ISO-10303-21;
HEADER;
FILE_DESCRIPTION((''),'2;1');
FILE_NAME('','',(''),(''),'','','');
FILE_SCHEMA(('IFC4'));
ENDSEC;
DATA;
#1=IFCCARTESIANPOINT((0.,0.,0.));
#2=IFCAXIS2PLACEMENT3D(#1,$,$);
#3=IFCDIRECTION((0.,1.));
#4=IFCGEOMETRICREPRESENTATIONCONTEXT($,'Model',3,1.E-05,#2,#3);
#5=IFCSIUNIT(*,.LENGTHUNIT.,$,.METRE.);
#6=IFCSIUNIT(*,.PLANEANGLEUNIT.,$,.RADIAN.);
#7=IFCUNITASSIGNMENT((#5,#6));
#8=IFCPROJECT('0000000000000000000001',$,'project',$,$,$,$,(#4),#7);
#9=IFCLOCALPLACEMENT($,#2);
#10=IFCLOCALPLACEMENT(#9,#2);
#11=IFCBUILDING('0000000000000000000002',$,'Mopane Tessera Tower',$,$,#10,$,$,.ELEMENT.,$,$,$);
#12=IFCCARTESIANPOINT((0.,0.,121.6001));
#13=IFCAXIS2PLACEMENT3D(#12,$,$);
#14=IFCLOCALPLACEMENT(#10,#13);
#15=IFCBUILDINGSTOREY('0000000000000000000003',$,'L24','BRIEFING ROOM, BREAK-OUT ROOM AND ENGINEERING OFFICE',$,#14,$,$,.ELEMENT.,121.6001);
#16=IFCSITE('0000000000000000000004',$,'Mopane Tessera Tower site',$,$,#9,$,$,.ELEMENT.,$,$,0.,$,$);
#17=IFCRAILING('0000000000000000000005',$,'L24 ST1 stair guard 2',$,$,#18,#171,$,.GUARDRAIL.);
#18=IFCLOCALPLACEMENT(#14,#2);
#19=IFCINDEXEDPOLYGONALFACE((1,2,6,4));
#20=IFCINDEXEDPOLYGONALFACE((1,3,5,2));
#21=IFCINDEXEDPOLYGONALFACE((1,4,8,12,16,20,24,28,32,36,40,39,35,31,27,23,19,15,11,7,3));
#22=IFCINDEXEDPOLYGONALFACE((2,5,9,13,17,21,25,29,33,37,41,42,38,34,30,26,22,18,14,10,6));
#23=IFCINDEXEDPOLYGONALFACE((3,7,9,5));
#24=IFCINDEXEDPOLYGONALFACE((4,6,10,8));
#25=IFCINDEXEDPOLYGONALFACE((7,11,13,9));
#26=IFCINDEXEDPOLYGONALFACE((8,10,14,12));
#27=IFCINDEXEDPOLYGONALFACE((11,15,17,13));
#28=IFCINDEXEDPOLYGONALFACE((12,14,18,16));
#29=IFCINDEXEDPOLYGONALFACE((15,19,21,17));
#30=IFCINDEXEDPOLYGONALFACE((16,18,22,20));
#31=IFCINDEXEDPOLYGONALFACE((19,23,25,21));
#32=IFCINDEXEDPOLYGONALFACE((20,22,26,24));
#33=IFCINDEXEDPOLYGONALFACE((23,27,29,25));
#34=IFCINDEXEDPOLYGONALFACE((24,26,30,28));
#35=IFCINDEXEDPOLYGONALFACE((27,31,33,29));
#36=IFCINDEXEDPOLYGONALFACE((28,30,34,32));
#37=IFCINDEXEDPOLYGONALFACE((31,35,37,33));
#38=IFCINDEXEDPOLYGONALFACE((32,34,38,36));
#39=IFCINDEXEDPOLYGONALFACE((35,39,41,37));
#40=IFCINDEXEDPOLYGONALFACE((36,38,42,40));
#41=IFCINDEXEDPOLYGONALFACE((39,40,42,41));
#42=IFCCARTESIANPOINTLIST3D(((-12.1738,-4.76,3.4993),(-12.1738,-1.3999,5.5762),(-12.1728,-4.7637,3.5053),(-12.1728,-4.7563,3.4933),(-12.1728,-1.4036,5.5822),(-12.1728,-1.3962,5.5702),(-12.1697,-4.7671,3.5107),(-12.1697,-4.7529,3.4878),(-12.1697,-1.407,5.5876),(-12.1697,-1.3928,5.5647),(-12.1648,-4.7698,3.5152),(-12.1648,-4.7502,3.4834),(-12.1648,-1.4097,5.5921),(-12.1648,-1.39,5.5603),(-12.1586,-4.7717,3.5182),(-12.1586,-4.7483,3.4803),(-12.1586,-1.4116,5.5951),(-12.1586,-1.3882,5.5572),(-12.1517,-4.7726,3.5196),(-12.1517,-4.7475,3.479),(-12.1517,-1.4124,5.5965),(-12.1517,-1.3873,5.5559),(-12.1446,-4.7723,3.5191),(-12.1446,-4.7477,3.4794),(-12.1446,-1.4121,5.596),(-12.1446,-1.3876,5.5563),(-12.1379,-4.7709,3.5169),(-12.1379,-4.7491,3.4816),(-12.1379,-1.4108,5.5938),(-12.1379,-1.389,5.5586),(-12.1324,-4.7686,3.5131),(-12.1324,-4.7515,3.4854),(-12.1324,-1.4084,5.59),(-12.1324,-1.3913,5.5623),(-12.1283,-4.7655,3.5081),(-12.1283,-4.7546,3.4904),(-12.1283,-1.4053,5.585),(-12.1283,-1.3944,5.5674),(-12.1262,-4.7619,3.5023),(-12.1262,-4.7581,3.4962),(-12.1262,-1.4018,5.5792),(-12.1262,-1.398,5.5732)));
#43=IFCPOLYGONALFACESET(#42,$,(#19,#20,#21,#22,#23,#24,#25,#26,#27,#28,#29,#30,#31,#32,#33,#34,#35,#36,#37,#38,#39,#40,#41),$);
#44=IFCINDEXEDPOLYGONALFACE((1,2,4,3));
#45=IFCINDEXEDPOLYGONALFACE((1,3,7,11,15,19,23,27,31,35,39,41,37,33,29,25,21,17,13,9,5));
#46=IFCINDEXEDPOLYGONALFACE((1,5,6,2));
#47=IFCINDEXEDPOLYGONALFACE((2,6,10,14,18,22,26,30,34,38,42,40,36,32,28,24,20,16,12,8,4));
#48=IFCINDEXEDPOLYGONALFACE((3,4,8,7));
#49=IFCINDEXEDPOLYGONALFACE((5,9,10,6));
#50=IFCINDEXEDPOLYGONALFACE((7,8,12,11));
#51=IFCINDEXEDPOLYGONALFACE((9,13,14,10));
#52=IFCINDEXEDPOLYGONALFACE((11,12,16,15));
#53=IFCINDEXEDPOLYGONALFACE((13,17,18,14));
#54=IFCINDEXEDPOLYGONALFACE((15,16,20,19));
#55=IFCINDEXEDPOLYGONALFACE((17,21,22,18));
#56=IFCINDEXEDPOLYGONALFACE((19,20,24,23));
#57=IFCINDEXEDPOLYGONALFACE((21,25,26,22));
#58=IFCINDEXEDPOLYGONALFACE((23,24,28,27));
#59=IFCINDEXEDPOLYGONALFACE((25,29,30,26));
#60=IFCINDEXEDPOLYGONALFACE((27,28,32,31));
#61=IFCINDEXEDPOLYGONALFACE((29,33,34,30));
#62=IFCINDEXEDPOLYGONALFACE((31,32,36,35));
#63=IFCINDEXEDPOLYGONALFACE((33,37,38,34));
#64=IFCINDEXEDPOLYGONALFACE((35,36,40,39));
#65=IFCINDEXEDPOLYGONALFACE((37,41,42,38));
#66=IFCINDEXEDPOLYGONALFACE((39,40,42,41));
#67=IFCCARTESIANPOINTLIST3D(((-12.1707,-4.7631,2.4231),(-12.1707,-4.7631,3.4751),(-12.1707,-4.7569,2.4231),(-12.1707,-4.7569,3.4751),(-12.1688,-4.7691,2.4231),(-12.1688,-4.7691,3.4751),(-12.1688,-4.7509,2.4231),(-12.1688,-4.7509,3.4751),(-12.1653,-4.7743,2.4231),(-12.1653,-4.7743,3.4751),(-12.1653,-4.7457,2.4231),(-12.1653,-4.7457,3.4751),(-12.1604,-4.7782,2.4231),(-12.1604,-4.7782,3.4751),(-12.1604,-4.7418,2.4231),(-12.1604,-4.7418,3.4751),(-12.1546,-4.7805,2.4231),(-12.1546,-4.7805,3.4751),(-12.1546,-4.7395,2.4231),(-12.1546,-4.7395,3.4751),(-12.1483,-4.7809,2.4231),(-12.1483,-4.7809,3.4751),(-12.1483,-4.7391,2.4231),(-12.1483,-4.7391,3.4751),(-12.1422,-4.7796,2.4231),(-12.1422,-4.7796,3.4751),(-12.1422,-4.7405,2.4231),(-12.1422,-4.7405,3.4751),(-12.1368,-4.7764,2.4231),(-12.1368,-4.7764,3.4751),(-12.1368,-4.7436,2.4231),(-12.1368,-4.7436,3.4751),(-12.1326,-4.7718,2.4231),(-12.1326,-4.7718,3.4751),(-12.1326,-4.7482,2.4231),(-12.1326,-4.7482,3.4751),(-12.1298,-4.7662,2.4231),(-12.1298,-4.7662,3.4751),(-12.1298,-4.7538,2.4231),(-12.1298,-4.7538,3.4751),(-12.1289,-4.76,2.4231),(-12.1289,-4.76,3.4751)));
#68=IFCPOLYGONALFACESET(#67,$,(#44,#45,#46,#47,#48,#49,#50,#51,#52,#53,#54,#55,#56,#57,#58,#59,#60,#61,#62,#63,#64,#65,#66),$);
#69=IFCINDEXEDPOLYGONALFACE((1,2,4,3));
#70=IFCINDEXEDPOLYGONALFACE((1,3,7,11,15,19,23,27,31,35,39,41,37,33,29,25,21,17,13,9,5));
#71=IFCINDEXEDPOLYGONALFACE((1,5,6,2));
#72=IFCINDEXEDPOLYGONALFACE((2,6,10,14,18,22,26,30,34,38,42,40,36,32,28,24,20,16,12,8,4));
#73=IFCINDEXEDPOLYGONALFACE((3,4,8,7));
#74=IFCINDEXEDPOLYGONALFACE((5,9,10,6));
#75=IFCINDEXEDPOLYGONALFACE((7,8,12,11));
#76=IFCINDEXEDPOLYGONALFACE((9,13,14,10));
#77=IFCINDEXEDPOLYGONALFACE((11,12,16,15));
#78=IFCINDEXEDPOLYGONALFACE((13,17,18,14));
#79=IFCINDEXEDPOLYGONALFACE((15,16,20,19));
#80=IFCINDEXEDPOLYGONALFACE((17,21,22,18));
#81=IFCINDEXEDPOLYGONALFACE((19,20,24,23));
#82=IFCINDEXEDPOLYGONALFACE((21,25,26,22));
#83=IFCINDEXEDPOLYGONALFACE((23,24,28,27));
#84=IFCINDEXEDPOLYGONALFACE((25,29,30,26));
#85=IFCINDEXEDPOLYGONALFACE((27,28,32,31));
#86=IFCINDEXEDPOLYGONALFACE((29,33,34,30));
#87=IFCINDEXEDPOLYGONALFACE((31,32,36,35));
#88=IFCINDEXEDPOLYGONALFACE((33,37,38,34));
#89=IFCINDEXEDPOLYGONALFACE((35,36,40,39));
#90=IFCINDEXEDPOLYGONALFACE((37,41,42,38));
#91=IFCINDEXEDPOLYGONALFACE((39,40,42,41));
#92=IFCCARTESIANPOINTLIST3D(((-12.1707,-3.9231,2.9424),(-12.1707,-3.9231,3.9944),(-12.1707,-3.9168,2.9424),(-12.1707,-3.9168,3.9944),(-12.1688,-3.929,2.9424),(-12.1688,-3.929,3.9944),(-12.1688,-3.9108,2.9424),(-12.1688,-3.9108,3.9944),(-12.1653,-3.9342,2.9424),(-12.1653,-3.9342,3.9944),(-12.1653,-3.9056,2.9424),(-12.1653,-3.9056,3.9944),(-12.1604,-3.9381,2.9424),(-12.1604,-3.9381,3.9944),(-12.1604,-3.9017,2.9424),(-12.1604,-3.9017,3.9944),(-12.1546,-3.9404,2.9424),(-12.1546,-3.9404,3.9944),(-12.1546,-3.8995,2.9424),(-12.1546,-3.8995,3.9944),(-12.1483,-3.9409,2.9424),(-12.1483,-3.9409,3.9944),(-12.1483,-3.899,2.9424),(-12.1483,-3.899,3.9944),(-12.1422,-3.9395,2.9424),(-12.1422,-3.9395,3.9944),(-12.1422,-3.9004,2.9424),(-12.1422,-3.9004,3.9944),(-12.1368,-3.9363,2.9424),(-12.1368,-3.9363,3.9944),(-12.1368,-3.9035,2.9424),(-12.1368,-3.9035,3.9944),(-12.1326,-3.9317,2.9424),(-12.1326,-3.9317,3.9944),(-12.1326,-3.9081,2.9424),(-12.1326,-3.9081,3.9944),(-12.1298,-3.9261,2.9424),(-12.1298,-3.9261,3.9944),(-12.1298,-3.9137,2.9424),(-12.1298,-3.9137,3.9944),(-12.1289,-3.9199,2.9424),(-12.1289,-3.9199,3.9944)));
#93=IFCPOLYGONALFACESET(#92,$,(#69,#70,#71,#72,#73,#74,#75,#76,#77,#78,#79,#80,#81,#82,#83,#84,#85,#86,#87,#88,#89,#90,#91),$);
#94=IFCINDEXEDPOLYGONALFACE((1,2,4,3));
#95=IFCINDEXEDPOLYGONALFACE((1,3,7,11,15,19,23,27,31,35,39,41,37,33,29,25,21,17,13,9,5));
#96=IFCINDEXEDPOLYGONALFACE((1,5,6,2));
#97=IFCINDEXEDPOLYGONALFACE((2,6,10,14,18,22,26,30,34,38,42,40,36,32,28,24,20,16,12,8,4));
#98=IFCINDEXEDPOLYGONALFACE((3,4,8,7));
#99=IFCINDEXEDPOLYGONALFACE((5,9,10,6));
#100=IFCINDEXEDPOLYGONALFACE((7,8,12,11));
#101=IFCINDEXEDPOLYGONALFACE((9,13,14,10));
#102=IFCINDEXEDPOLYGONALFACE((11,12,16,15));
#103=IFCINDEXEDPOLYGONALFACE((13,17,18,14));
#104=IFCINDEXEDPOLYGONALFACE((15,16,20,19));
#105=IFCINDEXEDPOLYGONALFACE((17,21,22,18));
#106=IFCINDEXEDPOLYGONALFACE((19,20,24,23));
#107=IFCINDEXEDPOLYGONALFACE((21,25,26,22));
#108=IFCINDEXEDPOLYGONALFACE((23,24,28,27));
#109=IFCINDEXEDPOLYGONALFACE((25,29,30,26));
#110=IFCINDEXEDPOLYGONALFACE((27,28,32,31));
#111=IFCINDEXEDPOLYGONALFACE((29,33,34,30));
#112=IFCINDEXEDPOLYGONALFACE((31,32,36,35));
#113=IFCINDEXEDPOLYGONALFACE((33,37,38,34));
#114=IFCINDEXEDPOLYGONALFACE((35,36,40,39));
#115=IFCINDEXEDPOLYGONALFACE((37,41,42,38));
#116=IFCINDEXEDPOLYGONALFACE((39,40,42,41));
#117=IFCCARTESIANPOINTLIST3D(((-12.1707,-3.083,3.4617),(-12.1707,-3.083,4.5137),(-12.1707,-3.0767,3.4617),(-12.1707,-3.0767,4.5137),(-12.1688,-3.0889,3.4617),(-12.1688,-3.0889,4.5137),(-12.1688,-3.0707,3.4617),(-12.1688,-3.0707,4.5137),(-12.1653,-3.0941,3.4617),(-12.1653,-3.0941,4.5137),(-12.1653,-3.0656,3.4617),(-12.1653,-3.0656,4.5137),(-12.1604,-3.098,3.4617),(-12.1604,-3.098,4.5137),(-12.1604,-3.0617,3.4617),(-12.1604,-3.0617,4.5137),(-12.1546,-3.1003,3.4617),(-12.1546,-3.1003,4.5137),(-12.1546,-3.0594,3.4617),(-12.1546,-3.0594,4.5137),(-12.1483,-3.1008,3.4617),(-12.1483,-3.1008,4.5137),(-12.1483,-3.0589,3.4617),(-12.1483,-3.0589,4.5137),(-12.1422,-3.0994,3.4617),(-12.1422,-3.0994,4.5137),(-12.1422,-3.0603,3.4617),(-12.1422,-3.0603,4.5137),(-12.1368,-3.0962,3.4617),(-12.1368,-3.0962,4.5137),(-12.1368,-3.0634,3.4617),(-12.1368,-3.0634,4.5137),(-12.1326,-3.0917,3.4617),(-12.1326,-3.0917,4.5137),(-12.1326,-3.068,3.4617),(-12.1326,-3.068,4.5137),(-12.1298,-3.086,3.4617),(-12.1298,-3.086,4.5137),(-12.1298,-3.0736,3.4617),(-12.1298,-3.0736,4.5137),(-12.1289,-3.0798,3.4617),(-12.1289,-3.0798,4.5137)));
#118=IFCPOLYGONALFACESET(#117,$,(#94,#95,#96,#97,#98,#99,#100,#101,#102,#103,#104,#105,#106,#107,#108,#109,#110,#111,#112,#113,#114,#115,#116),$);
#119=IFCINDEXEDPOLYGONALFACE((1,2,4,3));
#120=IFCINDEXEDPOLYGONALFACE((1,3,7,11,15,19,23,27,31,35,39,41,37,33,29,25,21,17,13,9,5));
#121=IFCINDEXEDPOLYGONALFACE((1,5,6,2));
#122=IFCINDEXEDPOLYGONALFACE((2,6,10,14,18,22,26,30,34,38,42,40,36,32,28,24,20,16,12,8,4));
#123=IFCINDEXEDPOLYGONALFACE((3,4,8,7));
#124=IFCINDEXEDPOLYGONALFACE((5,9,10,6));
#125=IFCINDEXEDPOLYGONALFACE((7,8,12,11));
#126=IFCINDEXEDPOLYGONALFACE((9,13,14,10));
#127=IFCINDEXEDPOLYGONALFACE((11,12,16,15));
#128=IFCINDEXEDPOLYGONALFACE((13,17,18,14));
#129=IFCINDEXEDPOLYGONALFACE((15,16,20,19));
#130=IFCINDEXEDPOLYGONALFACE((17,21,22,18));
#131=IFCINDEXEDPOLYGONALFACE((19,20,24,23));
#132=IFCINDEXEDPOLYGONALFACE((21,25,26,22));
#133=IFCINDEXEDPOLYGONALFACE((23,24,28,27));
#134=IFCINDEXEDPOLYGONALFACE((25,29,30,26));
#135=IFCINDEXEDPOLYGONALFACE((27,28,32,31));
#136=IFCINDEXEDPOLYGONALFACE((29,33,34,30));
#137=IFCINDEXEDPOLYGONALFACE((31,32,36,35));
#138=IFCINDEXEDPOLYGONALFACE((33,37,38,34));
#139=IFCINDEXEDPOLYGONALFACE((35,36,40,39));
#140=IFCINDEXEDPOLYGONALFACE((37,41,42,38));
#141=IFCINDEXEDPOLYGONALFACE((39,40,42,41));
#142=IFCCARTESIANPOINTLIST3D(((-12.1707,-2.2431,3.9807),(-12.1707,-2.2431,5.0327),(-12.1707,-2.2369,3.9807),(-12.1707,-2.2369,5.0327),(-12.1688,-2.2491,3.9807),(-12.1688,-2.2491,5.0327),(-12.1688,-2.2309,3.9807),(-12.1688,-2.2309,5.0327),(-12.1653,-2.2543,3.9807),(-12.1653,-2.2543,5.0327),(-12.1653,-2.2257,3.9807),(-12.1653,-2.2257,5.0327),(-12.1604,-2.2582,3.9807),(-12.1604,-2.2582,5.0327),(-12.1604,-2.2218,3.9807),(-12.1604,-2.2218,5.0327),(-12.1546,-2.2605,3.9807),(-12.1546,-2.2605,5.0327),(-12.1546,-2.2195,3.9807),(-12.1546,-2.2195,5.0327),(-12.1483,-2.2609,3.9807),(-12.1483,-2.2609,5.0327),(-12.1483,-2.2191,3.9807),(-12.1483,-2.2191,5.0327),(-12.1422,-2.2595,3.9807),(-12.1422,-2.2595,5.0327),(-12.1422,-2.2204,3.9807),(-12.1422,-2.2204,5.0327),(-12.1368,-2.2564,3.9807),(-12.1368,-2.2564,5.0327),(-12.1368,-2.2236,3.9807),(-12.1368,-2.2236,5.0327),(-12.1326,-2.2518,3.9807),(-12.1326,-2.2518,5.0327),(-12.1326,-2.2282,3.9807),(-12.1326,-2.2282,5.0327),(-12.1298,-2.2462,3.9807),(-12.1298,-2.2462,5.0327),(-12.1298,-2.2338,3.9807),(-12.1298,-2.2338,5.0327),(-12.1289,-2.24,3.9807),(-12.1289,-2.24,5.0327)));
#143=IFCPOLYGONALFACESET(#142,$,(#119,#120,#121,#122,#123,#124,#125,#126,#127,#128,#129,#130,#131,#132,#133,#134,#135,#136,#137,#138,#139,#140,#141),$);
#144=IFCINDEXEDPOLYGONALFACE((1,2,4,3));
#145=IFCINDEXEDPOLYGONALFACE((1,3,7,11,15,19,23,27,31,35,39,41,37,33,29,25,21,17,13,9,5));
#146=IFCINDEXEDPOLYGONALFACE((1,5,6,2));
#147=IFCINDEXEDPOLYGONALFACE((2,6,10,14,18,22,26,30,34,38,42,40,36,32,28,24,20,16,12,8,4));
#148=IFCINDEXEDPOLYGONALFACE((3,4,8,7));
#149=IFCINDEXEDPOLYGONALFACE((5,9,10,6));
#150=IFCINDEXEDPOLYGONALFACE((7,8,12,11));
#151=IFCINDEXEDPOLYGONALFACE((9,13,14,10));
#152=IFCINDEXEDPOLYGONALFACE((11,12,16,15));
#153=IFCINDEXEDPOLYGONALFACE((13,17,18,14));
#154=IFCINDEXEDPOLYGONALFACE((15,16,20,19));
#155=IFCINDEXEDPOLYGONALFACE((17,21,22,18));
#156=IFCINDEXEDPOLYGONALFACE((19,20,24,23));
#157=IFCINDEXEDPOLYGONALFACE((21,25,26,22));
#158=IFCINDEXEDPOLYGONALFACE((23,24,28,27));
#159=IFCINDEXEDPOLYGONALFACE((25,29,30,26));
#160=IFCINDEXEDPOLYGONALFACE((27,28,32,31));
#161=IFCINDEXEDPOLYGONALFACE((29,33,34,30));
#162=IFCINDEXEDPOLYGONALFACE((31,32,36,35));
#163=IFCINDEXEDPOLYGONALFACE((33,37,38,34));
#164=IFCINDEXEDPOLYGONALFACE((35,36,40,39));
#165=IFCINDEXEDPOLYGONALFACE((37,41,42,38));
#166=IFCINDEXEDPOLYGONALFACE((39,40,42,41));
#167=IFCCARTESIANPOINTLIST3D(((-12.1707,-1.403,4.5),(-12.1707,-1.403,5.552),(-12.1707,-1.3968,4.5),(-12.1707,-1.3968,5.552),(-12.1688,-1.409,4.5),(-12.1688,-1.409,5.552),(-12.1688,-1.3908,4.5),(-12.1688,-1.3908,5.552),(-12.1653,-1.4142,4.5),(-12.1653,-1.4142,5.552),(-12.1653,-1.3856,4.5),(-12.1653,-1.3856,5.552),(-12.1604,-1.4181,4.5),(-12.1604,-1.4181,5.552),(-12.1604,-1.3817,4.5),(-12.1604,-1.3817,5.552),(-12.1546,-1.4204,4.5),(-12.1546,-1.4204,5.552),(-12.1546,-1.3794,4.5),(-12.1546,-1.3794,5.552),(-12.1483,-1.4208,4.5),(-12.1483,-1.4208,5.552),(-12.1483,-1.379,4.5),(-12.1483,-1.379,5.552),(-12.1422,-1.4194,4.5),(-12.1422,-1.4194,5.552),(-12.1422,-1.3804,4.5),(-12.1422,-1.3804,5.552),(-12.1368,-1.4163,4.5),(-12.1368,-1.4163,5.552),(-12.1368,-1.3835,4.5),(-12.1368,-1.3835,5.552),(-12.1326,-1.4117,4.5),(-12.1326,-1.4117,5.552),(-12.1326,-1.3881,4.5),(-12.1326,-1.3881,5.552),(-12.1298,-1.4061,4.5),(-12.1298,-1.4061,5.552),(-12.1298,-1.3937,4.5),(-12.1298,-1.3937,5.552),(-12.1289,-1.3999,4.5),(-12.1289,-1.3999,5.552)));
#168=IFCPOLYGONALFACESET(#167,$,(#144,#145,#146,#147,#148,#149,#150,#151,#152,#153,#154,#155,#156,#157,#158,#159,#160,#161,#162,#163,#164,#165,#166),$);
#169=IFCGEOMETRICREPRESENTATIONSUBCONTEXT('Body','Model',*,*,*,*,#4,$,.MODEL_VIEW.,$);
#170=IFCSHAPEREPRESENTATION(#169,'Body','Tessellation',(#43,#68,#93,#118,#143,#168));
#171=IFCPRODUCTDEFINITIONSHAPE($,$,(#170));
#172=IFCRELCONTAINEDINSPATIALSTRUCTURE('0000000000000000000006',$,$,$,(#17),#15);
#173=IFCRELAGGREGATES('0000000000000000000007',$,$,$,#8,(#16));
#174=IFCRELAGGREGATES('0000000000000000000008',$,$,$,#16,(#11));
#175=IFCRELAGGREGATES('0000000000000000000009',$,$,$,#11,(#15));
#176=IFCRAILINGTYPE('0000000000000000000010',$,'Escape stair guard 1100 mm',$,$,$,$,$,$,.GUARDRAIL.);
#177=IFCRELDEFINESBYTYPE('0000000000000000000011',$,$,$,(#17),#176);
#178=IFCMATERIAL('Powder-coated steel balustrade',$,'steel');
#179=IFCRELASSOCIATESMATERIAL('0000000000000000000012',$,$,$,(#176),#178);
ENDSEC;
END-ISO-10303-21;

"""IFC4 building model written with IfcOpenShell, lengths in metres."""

from ifc_helpers import new_model, si_unit, direction, frame, origin, origin_2d, place, context, subcontext, project, spatial, circle, extrude, material, type_object, element, save


model = new_model("IFC4")

# Units and contexts
model_context = context("Model", 3, precision=1e-05, world=origin(), true_north=direction((0.0, 1.0)))
body_context = subcontext(model_context, "Body", "Model", "MODEL_VIEW")
ifc_project = project(units=[si_unit("LENGTHUNIT", "METRE"), si_unit("PLANEANGLEUNIT", "RADIAN")], contexts=[model_context])

# Site, building, storey
site_placement = place(None, origin())
site = spatial("IfcSite", under=ifc_project, at=site_placement, Name="Mopane Tessera Tower site", CompositionType="ELEMENT", RefElevation=0.0)
building_placement = place(site_placement, origin())
building = spatial("IfcBuilding", under=site, at=building_placement, Name="Mopane Tessera Tower", CompositionType="ELEMENT")
storey_placement = place(building_placement, frame((0.0, 0.0, 121.6001)))
storey = spatial("IfcBuildingStorey", under=building, at=storey_placement, Name="L24", Description="BRIEFING ROOM, BREAK-OUT ROOM AND ENGINEERING OFFICE", CompositionType="ELEMENT", Elevation=121.6001)

# Railing
ifc_material_1 = material(Name="Powder-coated steel balustrade", Category="steel")
railing_type_1 = type_object("IfcRailingType", Name="Escape stair guard 1100 mm", PredefinedType="GUARDRAIL", material=ifc_material_1)
railing_1_placement = place(storey_placement, frame((-12.1499, -4.76, 2.4231)))
element("IfcRailing", 1, at=railing_1_placement, inside=storey, type_object=railing_type_1, Name="L24 ST1 stair guard 2", PredefinedType="GUARDRAIL", context=body_context, shape_type="SweptSolid", body=[
    extrude(circle(Radius=0.0239, at=origin_2d()), frame((0.0, 0.0, 1.0762), z_axis=(0.0, 0.850623, 0.525776), x_axis=(-1.0, 0.0, 0.0)), (0.0, 0.0, 1.0), 3.9502),
    extrude(circle(Radius=0.021, at=origin_2d()), origin(), (0.0, 0.0, 1.0), 1.052),
    extrude(circle(Radius=0.021, at=origin_2d()), frame((0.0, 0.8401, 0.5193)), (0.0, 0.0, 1.0), 1.052),
    extrude(circle(Radius=0.021, at=origin_2d()), frame((0.0, 1.6802, 1.0386)), (0.0, 0.0, 1.0), 1.052),
    extrude(circle(Radius=0.021, at=origin_2d()), frame((0.0, 2.52, 1.5576)), (0.0, 0.0, 1.0), 1.052),
    extrude(circle(Radius=0.021, at=origin_2d()), frame((0.0, 3.3601, 2.0769)), (0.0, 0.0, 1.0), 1.052),
])

save(model, "model.ifc")
